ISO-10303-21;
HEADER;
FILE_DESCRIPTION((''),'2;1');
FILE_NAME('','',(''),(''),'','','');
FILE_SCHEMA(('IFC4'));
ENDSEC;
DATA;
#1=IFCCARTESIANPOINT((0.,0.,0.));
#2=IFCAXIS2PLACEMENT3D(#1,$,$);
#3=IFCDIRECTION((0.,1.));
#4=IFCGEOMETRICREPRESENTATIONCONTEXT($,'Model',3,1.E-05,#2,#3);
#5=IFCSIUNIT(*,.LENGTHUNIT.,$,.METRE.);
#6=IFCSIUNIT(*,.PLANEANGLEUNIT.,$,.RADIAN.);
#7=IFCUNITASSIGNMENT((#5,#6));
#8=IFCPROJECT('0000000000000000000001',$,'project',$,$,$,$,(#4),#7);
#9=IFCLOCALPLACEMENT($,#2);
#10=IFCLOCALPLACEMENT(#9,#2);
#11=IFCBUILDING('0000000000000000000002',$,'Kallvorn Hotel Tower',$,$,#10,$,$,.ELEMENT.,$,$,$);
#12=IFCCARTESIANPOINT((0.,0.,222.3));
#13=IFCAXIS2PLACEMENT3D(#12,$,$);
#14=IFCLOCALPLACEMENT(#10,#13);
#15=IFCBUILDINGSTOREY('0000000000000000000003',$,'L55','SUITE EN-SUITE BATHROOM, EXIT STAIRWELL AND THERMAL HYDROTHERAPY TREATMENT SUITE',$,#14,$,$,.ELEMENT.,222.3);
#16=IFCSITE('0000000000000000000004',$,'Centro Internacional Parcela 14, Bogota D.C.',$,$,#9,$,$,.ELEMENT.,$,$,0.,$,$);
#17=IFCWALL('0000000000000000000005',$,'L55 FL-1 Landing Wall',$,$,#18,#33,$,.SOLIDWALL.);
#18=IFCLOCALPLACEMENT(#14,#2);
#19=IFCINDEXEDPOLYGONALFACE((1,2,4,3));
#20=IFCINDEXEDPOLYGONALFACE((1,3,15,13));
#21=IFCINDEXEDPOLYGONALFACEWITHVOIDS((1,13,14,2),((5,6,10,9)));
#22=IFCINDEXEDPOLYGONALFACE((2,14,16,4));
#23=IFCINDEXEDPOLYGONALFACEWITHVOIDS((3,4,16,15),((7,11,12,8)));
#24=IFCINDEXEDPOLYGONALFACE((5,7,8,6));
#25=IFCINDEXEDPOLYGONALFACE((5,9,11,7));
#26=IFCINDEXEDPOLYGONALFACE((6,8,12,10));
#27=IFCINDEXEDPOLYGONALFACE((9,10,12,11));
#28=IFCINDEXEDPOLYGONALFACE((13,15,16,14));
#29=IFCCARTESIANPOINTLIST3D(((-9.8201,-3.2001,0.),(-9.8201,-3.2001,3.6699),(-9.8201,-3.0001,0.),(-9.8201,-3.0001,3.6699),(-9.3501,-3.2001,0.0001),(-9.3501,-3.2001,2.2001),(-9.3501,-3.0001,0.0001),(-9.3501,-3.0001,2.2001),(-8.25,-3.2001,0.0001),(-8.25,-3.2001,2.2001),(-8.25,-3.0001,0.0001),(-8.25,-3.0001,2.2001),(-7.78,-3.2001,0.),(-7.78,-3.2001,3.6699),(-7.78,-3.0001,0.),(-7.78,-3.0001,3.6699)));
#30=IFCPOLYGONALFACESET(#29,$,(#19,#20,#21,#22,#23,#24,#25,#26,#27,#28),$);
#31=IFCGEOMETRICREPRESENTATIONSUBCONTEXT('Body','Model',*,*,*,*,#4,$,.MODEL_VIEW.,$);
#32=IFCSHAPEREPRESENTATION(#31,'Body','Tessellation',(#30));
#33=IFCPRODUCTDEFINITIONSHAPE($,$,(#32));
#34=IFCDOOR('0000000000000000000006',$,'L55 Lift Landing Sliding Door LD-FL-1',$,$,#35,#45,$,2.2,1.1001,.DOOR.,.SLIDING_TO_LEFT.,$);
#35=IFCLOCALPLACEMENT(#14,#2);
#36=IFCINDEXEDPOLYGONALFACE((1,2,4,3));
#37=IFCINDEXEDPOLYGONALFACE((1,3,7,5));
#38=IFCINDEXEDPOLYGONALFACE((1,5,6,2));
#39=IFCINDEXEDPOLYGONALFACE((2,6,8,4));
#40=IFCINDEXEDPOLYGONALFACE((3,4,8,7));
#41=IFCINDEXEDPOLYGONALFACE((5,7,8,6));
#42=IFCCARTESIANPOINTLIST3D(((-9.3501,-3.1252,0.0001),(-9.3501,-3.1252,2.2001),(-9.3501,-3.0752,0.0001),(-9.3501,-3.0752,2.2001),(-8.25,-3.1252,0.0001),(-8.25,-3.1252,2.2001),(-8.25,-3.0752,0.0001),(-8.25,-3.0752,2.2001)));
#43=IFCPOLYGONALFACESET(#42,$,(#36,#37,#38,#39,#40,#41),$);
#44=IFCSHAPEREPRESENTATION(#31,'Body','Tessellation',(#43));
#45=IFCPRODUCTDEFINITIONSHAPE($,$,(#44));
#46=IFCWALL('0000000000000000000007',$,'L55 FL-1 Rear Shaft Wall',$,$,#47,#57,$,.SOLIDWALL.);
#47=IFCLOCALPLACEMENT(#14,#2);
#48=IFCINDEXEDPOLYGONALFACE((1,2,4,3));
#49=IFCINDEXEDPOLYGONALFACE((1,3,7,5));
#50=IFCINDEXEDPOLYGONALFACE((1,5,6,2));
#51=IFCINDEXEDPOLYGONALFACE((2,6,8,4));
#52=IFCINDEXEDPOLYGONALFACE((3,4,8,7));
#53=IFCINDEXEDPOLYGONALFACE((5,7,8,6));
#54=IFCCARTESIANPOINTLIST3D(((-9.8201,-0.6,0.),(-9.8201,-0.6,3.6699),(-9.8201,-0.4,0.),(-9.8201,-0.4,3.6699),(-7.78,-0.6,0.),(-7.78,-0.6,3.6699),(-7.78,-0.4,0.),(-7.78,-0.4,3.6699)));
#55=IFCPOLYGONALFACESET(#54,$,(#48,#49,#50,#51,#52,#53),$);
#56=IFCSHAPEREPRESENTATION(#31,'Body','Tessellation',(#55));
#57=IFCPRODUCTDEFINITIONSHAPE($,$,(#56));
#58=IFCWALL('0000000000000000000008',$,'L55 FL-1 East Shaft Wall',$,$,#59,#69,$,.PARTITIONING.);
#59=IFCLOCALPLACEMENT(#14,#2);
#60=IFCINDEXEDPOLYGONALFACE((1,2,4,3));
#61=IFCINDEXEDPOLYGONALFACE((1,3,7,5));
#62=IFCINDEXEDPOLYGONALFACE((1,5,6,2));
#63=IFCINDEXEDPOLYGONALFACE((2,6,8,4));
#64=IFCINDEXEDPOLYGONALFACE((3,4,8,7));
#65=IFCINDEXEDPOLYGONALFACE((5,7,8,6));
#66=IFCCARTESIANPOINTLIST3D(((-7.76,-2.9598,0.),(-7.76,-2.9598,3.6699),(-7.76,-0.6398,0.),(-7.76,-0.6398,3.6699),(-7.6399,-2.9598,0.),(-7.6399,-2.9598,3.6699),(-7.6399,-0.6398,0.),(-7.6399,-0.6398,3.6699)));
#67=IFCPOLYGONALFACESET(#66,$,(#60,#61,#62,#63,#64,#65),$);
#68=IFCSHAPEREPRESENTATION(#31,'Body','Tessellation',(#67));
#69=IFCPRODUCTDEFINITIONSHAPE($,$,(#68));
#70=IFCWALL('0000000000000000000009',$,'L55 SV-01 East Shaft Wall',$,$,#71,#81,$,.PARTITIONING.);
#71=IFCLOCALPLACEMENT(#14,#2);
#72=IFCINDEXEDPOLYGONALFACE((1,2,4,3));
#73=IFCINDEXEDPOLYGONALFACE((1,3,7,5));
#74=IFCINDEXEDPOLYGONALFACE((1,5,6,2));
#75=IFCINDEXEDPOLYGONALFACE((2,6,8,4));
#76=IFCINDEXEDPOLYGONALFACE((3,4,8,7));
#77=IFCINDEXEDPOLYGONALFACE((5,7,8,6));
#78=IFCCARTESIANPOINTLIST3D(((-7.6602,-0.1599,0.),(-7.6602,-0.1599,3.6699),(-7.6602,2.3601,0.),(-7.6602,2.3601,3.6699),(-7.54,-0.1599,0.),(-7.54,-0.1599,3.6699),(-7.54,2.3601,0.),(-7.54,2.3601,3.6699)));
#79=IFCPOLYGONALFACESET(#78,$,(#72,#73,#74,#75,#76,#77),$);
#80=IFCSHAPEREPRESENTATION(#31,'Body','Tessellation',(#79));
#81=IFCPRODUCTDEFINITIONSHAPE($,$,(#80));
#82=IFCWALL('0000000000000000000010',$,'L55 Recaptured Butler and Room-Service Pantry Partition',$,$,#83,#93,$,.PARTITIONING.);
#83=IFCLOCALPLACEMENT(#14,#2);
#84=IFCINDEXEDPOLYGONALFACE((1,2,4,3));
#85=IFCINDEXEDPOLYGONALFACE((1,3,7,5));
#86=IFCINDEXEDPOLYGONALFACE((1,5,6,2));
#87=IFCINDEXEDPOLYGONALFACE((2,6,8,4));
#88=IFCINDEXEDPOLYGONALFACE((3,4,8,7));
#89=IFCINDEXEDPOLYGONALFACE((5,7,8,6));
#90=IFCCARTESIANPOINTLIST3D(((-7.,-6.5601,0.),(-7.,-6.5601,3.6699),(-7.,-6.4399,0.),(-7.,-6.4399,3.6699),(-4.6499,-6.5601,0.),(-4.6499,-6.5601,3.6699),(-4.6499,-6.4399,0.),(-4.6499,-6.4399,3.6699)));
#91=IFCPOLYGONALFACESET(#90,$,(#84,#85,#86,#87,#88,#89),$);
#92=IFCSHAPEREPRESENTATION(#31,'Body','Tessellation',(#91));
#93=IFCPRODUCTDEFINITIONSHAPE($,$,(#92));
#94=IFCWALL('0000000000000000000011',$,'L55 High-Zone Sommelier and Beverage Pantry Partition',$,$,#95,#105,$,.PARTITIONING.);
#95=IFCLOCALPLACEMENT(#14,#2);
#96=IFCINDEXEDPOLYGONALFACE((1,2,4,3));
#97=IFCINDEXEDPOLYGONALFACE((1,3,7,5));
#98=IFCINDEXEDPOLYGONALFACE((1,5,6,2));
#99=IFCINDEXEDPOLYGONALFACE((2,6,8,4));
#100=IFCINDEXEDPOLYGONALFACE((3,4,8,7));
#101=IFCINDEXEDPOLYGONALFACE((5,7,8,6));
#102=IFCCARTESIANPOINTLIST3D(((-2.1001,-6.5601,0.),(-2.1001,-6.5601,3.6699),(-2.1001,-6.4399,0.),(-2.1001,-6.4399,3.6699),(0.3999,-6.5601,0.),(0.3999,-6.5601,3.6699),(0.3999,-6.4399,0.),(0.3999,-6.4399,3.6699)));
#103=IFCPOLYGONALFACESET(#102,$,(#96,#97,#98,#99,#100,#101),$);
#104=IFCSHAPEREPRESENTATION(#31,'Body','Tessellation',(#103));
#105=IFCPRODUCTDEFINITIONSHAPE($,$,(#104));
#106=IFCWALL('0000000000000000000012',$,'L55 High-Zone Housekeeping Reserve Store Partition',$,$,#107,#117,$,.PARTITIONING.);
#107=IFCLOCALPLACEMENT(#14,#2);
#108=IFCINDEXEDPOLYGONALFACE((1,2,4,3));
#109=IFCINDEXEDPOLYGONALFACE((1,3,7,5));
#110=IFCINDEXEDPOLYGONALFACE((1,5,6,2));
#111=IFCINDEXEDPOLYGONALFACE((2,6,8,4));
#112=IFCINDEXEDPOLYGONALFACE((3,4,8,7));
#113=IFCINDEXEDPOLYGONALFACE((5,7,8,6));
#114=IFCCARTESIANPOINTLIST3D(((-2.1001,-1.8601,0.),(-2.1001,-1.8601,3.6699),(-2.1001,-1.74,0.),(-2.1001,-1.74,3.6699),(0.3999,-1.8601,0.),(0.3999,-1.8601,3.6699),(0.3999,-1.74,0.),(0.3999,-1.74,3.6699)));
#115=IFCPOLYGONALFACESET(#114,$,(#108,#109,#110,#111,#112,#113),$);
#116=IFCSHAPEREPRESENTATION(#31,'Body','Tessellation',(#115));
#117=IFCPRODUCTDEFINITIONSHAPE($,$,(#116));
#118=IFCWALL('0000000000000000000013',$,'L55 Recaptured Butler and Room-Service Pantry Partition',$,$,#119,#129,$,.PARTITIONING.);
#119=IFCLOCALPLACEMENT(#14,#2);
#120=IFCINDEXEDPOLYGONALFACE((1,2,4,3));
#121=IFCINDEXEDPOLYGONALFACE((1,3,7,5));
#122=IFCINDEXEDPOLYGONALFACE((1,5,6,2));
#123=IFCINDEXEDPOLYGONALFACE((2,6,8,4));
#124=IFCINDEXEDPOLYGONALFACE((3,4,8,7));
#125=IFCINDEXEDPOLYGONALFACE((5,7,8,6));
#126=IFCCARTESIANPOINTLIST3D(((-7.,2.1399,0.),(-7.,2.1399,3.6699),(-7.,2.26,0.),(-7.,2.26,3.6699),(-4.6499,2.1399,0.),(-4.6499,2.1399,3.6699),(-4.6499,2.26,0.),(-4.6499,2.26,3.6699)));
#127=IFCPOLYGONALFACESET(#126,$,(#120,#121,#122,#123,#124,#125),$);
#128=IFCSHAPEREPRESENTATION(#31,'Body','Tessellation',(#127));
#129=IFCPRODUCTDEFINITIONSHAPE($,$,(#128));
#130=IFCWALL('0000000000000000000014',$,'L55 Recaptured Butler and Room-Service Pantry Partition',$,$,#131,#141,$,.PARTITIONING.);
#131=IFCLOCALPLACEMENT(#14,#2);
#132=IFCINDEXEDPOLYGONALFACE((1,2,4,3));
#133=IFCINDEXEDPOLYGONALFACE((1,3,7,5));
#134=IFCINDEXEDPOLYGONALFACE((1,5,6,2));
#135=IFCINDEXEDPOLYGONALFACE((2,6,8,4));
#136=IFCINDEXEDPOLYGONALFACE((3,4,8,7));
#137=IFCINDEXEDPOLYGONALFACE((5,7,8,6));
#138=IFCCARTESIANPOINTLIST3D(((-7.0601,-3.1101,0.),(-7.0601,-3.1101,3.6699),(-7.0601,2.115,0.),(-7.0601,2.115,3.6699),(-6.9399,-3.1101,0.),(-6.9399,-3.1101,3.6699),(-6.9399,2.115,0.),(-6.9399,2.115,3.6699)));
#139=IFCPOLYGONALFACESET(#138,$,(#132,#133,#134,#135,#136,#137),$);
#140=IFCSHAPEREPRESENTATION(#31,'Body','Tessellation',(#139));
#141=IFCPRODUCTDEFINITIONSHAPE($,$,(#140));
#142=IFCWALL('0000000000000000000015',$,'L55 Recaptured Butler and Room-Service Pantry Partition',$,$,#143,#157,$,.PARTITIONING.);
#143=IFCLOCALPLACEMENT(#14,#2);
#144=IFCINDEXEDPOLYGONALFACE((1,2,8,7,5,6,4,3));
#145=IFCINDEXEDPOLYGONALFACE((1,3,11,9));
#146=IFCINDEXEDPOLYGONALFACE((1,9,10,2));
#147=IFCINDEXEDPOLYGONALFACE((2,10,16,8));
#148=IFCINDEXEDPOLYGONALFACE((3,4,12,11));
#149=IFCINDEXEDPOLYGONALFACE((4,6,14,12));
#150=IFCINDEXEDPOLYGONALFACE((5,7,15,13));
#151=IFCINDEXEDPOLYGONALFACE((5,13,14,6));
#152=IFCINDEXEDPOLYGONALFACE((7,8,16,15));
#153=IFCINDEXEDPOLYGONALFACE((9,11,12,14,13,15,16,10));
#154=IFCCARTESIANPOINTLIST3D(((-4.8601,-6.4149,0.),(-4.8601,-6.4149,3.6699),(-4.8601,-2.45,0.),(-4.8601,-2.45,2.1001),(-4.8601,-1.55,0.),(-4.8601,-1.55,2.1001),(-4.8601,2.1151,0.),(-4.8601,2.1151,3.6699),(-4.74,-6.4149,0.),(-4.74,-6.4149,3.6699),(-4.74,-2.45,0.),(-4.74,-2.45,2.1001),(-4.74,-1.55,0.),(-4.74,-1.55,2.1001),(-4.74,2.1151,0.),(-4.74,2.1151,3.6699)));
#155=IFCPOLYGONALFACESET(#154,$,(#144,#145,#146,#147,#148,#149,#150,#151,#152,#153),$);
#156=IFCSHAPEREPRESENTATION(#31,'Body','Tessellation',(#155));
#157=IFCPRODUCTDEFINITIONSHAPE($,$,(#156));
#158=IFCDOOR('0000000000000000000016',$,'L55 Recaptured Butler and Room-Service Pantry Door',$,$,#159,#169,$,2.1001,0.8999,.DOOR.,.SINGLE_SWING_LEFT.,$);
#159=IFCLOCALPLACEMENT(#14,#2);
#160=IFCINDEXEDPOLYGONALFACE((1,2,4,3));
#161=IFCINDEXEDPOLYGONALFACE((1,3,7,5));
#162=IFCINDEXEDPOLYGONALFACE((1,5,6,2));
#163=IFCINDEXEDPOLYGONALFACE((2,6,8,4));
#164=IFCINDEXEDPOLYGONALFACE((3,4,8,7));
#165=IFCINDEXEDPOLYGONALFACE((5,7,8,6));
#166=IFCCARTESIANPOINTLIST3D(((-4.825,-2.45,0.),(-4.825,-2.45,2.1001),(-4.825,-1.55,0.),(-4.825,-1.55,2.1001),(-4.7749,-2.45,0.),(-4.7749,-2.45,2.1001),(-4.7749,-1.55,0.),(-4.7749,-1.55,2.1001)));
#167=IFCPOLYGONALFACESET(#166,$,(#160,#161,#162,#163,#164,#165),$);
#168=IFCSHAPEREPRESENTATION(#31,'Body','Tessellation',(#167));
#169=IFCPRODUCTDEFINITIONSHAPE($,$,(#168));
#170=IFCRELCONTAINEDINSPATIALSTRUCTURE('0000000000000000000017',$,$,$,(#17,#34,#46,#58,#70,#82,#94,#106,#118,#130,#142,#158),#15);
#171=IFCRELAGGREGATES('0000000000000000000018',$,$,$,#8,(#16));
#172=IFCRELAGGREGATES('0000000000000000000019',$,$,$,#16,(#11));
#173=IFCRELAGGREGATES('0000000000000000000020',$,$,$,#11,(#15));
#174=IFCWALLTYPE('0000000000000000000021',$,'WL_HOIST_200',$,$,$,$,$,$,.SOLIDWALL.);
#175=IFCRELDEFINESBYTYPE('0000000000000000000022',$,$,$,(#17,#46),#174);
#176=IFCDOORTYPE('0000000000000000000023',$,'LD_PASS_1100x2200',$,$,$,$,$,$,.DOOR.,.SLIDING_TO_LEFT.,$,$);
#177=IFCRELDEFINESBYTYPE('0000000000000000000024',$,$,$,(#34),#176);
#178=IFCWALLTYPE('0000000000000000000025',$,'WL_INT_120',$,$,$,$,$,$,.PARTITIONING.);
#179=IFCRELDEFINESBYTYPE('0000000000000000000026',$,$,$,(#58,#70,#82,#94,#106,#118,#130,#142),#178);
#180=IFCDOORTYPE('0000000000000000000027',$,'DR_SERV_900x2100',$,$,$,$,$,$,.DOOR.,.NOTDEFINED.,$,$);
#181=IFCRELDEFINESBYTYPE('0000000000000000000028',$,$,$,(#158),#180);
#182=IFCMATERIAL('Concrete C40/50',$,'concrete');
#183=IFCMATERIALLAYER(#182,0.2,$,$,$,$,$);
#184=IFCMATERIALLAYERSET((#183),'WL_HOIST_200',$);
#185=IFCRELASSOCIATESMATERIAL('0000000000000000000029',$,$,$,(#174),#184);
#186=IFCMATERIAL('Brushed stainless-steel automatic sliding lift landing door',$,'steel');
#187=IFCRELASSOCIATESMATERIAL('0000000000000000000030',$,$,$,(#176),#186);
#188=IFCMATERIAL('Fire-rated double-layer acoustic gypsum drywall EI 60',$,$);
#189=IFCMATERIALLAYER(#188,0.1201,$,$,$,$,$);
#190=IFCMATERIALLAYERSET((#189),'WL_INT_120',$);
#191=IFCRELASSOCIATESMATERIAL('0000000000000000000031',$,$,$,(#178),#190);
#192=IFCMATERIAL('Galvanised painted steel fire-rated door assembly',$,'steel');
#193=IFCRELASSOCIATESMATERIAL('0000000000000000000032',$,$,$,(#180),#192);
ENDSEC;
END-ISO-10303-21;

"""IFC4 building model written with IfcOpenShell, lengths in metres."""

from ifc_helpers import new_model, si_unit, direction, frame, frame_2d, origin, place, context, subcontext, project, spatial, rectangle, extrude, material, layer, layer_set, type_object, element, fill, save


model = new_model("IFC4")

# Units and contexts
model_context = context("Model", 3, precision=1e-05, world=origin(), true_north=direction((0.0, 1.0)))
body_context = subcontext(model_context, "Body", "Model", "MODEL_VIEW")
ifc_project = project(units=[si_unit("LENGTHUNIT", "METRE"), si_unit("PLANEANGLEUNIT", "RADIAN")], contexts=[model_context])

# Site, building, storey
site_placement = place(None, origin())
site = spatial("IfcSite", under=ifc_project, at=site_placement, Name="Centro Internacional Parcela 14, Bogota D.C.", CompositionType="ELEMENT", RefElevation=0.0)
building_placement = place(site_placement, origin())
building = spatial("IfcBuilding", under=site, at=building_placement, Name="Kallvorn Hotel Tower", CompositionType="ELEMENT")
storey_placement = place(building_placement, frame((0.0, 0.0, 222.3)))
storey = spatial("IfcBuildingStorey", under=building, at=storey_placement, Name="L55", Description="SUITE EN-SUITE BATHROOM, EXIT STAIRWELL AND THERMAL HYDROTHERAPY TREATMENT SUITE", CompositionType="ELEMENT", Elevation=222.3)

# Wall, opening, door
ifc_material_1 = material(Name="Concrete C40/50", Category="concrete")
ifc_layer_1 = layer(ifc_material_1, 0.2)
ifc_layer_set_1 = layer_set([ifc_layer_1], Name="WL_HOIST_200")
wall_type_1 = type_object("IfcWallType", Name="WL_HOIST_200", PredefinedType="SOLIDWALL", material=ifc_layer_set_1)
wall_1_placement = place(storey_placement, frame((-9.8201, -3.1001, 0.0), z_axis=(0.0, 0.0, 1.0), x_axis=(1.0, 0.0, 0.0)))
wall_1 = element("IfcWall", 1, at=wall_1_placement, inside=storey, type_object=wall_type_1, Name="L55 FL-1 Landing Wall", PredefinedType="SOLIDWALL", context=body_context, shape_type="SweptSolid", body=[
    extrude(rectangle(XDim=2.04, YDim=0.2, at=frame_2d((1.02, 0.0))), origin(), (0.0, 0.0, 1.0), 3.6699),
])
opening_1_placement = place(wall_1_placement, frame((0.47, 0.0, 0.0)))
opening_1 = element("IfcOpeningElement", 2, at=opening_1_placement, cuts=wall_1, PredefinedType="OPENING", context=body_context, shape_type="SweptSolid", body=[
    extrude(rectangle(XDim=1.1001, YDim=2.2, at=frame_2d((0.55, 1.1001))), frame((0.0, 0.115, 0.0), z_axis=(0.0, -1.0, 0.0), x_axis=(1.0, 0.0, 0.0)), (0.0, 0.0, 1.0), 0.23),
])
ifc_material_2 = material(Name="Brushed stainless-steel automatic sliding lift landing door", Category="steel")
door_type_1 = type_object("IfcDoorType", Name="LD_PASS_1100x2200", OperationType="SLIDING_TO_LEFT", PredefinedType="DOOR", material=ifc_material_2)
door_1_placement = place(opening_1_placement, origin())
door_1 = element("IfcDoor", 3, at=door_1_placement, inside=storey, type_object=door_type_1, Name="L55 Lift Landing Sliding Door LD-FL-1", OperationType="SLIDING_TO_LEFT", OverallHeight=2.2, OverallWidth=1.1001, PredefinedType="DOOR", context=body_context, shape_type="SweptSolid", body=[
    extrude(rectangle(XDim=1.1001, YDim=2.2, at=frame_2d((0.55, 1.1001))), frame((0.0, 0.0249, 0.0), z_axis=(0.0, -1.0, 0.0), x_axis=(1.0, 0.0, 0.0)), (0.0, 0.0, 1.0), 0.05),
])
fill(opening_1, door_1)

# Walls
wall_2_placement = place(storey_placement, frame((-9.8201, -0.5, 0.0), z_axis=(0.0, 0.0, 1.0), x_axis=(1.0, 0.0, 0.0)))
element("IfcWall", 4, at=wall_2_placement, inside=storey, type_object=wall_type_1, Name="L55 FL-1 Rear Shaft Wall", PredefinedType="SOLIDWALL", context=body_context, shape_type="SweptSolid", body=[
    extrude(rectangle(XDim=2.04, YDim=0.2, at=frame_2d((1.02, 0.0))), origin(), (0.0, 0.0, 1.0), 3.6699),
])
ifc_material_3 = material(Name="Fire-rated double-layer acoustic gypsum drywall EI 60")
ifc_layer_2 = layer(ifc_material_3, 0.1201)
ifc_layer_set_2 = layer_set([ifc_layer_2], Name="WL_INT_120")
wall_type_2 = type_object("IfcWallType", Name="WL_INT_120", PredefinedType="PARTITIONING", material=ifc_layer_set_2)
wall_3_placement = place(storey_placement, frame((-7.7, -2.96, 0.0), z_axis=(0.0, 0.0, 1.0), x_axis=(0.0, 1.0, 0.0)))
element("IfcWall", 5, at=wall_3_placement, inside=storey, type_object=wall_type_2, Name="L55 FL-1 East Shaft Wall", PredefinedType="PARTITIONING", context=body_context, shape_type="SweptSolid", body=[
    extrude(rectangle(XDim=2.3201, YDim=0.1201, at=frame_2d((1.1602, 0.0))), origin(), (0.0, 0.0, 1.0), 3.6699),
])
wall_4_placement = place(storey_placement, frame((-7.6001, -0.1599, 0.0), z_axis=(0.0, 0.0, 1.0), x_axis=(0.0, 1.0, 0.0)))
element("IfcWall", 6, at=wall_4_placement, inside=storey, type_object=wall_type_2, Name="L55 SV-01 East Shaft Wall", PredefinedType="PARTITIONING", context=body_context, shape_type="SweptSolid", body=[
    extrude(rectangle(XDim=2.52, YDim=0.1201, at=frame_2d((1.26, 0.0))), origin(), (0.0, 0.0, 1.0), 3.6699),
])
wall_5_placement = place(storey_placement, frame((-7.0, -6.5, 0.0), z_axis=(0.0, 0.0, 1.0), x_axis=(1.0, 0.0, 0.0)))
element("IfcWall", 7, at=wall_5_placement, inside=storey, type_object=wall_type_2, Name="L55 Recaptured Butler and Room-Service Pantry Partition", PredefinedType="PARTITIONING", context=body_context, shape_type="SweptSolid", body=[
    extrude(rectangle(XDim=2.3501, YDim=0.1201, at=frame_2d((1.175, 0.0))), origin(), (0.0, 0.0, 1.0), 3.6699),
])
for number, where, z_axis, x_axis, name in (
    (8, (-2.1001, -6.5, 0.0), (0.0, 0.0, 1.0), (1.0, 0.0, 0.0), "L55 High-Zone Sommelier and Beverage Pantry Partition"),
    (9, (-2.1001, -1.8, 0.0), (0.0, 0.0, 1.0), (1.0, 0.0, 0.0), "L55 High-Zone Housekeeping Reserve Store Partition"),
):
    element("IfcWall", number, at=place(storey_placement, frame(where, z_axis=z_axis, x_axis=x_axis)), inside=storey, type_object=wall_type_2, Name=name, PredefinedType="PARTITIONING", context=body_context, shape_type="SweptSolid", body=[
        extrude(rectangle(XDim=2.5, YDim=0.1201, at=frame_2d((1.25, 0.0))), origin(), (0.0, 0.0, 1.0), 3.6699),
    ])
wall_6_placement = place(storey_placement, frame((-7.0, 2.2, 0.0), z_axis=(0.0, 0.0, 1.0), x_axis=(1.0, 0.0, 0.0)))
element("IfcWall", 10, at=wall_6_placement, inside=storey, type_object=wall_type_2, Name="L55 Recaptured Butler and Room-Service Pantry Partition", PredefinedType="PARTITIONING", context=body_context, shape_type="SweptSolid", body=[
    extrude(rectangle(XDim=2.3501, YDim=0.1201, at=frame_2d((1.175, 0.0))), origin(), (0.0, 0.0, 1.0), 3.6699),
])
wall_7_placement = place(storey_placement, frame((-7.0, -3.1101, 0.0), z_axis=(0.0, 0.0, 1.0), x_axis=(0.0, 1.0, 0.0)))
element("IfcWall", 11, at=wall_7_placement, inside=storey, type_object=wall_type_2, Name="L55 Recaptured Butler and Room-Service Pantry Partition", PredefinedType="PARTITIONING", context=body_context, shape_type="SweptSolid", body=[
    extrude(rectangle(XDim=5.2251, YDim=0.1201, at=frame_2d((2.6125, 0.0))), origin(), (0.0, 0.0, 1.0), 3.6699),
])

# Wall, opening, door
wall_8_placement = place(storey_placement, frame((-4.8, -6.415, 0.0), z_axis=(0.0, 0.0, 1.0), x_axis=(0.0, 1.0, 0.0)))
wall_8 = element("IfcWall", 12, at=wall_8_placement, inside=storey, type_object=wall_type_2, Name="L55 Recaptured Butler and Room-Service Pantry Partition", PredefinedType="PARTITIONING", context=body_context, shape_type="SweptSolid", body=[
    extrude(rectangle(XDim=8.53, YDim=0.1201, at=frame_2d((4.2651, 0.0))), origin(), (0.0, 0.0, 1.0), 3.6699),
])
opening_2_placement = place(wall_8_placement, frame((3.9651, 0.0, 0.0)))
opening_2 = element("IfcOpeningElement", 13, at=opening_2_placement, cuts=wall_8, PredefinedType="OPENING", context=body_context, shape_type="SweptSolid", body=[
    extrude(rectangle(XDim=0.8999, YDim=2.1001, at=frame_2d((0.45, 1.05))), frame((0.0, 0.075, 0.0), z_axis=(0.0, -1.0, 0.0), x_axis=(1.0, 0.0, 0.0)), (0.0, 0.0, 1.0), 0.1501),
])
ifc_material_4 = material(Name="Galvanised painted steel fire-rated door assembly", Category="steel")
door_type_2 = type_object("IfcDoorType", Name="DR_SERV_900x2100", OperationType="NOTDEFINED", PredefinedType="DOOR", material=ifc_material_4)
door_2_placement = place(opening_2_placement, origin())
door_2 = element("IfcDoor", 14, at=door_2_placement, inside=storey, type_object=door_type_2, Name="L55 Recaptured Butler and Room-Service Pantry Door", OperationType="SINGLE_SWING_LEFT", OverallHeight=2.1001, OverallWidth=0.8999, PredefinedType="DOOR", context=body_context, shape_type="SweptSolid", body=[
    extrude(rectangle(XDim=0.8999, YDim=2.1001, at=frame_2d((0.45, 1.05))), frame((0.0, 0.0249, 0.0), z_axis=(0.0, -1.0, 0.0), x_axis=(1.0, 0.0, 0.0)), (0.0, 0.0, 1.0), 0.05),
])
fill(opening_2, door_2)

save(model, "model.ifc")
